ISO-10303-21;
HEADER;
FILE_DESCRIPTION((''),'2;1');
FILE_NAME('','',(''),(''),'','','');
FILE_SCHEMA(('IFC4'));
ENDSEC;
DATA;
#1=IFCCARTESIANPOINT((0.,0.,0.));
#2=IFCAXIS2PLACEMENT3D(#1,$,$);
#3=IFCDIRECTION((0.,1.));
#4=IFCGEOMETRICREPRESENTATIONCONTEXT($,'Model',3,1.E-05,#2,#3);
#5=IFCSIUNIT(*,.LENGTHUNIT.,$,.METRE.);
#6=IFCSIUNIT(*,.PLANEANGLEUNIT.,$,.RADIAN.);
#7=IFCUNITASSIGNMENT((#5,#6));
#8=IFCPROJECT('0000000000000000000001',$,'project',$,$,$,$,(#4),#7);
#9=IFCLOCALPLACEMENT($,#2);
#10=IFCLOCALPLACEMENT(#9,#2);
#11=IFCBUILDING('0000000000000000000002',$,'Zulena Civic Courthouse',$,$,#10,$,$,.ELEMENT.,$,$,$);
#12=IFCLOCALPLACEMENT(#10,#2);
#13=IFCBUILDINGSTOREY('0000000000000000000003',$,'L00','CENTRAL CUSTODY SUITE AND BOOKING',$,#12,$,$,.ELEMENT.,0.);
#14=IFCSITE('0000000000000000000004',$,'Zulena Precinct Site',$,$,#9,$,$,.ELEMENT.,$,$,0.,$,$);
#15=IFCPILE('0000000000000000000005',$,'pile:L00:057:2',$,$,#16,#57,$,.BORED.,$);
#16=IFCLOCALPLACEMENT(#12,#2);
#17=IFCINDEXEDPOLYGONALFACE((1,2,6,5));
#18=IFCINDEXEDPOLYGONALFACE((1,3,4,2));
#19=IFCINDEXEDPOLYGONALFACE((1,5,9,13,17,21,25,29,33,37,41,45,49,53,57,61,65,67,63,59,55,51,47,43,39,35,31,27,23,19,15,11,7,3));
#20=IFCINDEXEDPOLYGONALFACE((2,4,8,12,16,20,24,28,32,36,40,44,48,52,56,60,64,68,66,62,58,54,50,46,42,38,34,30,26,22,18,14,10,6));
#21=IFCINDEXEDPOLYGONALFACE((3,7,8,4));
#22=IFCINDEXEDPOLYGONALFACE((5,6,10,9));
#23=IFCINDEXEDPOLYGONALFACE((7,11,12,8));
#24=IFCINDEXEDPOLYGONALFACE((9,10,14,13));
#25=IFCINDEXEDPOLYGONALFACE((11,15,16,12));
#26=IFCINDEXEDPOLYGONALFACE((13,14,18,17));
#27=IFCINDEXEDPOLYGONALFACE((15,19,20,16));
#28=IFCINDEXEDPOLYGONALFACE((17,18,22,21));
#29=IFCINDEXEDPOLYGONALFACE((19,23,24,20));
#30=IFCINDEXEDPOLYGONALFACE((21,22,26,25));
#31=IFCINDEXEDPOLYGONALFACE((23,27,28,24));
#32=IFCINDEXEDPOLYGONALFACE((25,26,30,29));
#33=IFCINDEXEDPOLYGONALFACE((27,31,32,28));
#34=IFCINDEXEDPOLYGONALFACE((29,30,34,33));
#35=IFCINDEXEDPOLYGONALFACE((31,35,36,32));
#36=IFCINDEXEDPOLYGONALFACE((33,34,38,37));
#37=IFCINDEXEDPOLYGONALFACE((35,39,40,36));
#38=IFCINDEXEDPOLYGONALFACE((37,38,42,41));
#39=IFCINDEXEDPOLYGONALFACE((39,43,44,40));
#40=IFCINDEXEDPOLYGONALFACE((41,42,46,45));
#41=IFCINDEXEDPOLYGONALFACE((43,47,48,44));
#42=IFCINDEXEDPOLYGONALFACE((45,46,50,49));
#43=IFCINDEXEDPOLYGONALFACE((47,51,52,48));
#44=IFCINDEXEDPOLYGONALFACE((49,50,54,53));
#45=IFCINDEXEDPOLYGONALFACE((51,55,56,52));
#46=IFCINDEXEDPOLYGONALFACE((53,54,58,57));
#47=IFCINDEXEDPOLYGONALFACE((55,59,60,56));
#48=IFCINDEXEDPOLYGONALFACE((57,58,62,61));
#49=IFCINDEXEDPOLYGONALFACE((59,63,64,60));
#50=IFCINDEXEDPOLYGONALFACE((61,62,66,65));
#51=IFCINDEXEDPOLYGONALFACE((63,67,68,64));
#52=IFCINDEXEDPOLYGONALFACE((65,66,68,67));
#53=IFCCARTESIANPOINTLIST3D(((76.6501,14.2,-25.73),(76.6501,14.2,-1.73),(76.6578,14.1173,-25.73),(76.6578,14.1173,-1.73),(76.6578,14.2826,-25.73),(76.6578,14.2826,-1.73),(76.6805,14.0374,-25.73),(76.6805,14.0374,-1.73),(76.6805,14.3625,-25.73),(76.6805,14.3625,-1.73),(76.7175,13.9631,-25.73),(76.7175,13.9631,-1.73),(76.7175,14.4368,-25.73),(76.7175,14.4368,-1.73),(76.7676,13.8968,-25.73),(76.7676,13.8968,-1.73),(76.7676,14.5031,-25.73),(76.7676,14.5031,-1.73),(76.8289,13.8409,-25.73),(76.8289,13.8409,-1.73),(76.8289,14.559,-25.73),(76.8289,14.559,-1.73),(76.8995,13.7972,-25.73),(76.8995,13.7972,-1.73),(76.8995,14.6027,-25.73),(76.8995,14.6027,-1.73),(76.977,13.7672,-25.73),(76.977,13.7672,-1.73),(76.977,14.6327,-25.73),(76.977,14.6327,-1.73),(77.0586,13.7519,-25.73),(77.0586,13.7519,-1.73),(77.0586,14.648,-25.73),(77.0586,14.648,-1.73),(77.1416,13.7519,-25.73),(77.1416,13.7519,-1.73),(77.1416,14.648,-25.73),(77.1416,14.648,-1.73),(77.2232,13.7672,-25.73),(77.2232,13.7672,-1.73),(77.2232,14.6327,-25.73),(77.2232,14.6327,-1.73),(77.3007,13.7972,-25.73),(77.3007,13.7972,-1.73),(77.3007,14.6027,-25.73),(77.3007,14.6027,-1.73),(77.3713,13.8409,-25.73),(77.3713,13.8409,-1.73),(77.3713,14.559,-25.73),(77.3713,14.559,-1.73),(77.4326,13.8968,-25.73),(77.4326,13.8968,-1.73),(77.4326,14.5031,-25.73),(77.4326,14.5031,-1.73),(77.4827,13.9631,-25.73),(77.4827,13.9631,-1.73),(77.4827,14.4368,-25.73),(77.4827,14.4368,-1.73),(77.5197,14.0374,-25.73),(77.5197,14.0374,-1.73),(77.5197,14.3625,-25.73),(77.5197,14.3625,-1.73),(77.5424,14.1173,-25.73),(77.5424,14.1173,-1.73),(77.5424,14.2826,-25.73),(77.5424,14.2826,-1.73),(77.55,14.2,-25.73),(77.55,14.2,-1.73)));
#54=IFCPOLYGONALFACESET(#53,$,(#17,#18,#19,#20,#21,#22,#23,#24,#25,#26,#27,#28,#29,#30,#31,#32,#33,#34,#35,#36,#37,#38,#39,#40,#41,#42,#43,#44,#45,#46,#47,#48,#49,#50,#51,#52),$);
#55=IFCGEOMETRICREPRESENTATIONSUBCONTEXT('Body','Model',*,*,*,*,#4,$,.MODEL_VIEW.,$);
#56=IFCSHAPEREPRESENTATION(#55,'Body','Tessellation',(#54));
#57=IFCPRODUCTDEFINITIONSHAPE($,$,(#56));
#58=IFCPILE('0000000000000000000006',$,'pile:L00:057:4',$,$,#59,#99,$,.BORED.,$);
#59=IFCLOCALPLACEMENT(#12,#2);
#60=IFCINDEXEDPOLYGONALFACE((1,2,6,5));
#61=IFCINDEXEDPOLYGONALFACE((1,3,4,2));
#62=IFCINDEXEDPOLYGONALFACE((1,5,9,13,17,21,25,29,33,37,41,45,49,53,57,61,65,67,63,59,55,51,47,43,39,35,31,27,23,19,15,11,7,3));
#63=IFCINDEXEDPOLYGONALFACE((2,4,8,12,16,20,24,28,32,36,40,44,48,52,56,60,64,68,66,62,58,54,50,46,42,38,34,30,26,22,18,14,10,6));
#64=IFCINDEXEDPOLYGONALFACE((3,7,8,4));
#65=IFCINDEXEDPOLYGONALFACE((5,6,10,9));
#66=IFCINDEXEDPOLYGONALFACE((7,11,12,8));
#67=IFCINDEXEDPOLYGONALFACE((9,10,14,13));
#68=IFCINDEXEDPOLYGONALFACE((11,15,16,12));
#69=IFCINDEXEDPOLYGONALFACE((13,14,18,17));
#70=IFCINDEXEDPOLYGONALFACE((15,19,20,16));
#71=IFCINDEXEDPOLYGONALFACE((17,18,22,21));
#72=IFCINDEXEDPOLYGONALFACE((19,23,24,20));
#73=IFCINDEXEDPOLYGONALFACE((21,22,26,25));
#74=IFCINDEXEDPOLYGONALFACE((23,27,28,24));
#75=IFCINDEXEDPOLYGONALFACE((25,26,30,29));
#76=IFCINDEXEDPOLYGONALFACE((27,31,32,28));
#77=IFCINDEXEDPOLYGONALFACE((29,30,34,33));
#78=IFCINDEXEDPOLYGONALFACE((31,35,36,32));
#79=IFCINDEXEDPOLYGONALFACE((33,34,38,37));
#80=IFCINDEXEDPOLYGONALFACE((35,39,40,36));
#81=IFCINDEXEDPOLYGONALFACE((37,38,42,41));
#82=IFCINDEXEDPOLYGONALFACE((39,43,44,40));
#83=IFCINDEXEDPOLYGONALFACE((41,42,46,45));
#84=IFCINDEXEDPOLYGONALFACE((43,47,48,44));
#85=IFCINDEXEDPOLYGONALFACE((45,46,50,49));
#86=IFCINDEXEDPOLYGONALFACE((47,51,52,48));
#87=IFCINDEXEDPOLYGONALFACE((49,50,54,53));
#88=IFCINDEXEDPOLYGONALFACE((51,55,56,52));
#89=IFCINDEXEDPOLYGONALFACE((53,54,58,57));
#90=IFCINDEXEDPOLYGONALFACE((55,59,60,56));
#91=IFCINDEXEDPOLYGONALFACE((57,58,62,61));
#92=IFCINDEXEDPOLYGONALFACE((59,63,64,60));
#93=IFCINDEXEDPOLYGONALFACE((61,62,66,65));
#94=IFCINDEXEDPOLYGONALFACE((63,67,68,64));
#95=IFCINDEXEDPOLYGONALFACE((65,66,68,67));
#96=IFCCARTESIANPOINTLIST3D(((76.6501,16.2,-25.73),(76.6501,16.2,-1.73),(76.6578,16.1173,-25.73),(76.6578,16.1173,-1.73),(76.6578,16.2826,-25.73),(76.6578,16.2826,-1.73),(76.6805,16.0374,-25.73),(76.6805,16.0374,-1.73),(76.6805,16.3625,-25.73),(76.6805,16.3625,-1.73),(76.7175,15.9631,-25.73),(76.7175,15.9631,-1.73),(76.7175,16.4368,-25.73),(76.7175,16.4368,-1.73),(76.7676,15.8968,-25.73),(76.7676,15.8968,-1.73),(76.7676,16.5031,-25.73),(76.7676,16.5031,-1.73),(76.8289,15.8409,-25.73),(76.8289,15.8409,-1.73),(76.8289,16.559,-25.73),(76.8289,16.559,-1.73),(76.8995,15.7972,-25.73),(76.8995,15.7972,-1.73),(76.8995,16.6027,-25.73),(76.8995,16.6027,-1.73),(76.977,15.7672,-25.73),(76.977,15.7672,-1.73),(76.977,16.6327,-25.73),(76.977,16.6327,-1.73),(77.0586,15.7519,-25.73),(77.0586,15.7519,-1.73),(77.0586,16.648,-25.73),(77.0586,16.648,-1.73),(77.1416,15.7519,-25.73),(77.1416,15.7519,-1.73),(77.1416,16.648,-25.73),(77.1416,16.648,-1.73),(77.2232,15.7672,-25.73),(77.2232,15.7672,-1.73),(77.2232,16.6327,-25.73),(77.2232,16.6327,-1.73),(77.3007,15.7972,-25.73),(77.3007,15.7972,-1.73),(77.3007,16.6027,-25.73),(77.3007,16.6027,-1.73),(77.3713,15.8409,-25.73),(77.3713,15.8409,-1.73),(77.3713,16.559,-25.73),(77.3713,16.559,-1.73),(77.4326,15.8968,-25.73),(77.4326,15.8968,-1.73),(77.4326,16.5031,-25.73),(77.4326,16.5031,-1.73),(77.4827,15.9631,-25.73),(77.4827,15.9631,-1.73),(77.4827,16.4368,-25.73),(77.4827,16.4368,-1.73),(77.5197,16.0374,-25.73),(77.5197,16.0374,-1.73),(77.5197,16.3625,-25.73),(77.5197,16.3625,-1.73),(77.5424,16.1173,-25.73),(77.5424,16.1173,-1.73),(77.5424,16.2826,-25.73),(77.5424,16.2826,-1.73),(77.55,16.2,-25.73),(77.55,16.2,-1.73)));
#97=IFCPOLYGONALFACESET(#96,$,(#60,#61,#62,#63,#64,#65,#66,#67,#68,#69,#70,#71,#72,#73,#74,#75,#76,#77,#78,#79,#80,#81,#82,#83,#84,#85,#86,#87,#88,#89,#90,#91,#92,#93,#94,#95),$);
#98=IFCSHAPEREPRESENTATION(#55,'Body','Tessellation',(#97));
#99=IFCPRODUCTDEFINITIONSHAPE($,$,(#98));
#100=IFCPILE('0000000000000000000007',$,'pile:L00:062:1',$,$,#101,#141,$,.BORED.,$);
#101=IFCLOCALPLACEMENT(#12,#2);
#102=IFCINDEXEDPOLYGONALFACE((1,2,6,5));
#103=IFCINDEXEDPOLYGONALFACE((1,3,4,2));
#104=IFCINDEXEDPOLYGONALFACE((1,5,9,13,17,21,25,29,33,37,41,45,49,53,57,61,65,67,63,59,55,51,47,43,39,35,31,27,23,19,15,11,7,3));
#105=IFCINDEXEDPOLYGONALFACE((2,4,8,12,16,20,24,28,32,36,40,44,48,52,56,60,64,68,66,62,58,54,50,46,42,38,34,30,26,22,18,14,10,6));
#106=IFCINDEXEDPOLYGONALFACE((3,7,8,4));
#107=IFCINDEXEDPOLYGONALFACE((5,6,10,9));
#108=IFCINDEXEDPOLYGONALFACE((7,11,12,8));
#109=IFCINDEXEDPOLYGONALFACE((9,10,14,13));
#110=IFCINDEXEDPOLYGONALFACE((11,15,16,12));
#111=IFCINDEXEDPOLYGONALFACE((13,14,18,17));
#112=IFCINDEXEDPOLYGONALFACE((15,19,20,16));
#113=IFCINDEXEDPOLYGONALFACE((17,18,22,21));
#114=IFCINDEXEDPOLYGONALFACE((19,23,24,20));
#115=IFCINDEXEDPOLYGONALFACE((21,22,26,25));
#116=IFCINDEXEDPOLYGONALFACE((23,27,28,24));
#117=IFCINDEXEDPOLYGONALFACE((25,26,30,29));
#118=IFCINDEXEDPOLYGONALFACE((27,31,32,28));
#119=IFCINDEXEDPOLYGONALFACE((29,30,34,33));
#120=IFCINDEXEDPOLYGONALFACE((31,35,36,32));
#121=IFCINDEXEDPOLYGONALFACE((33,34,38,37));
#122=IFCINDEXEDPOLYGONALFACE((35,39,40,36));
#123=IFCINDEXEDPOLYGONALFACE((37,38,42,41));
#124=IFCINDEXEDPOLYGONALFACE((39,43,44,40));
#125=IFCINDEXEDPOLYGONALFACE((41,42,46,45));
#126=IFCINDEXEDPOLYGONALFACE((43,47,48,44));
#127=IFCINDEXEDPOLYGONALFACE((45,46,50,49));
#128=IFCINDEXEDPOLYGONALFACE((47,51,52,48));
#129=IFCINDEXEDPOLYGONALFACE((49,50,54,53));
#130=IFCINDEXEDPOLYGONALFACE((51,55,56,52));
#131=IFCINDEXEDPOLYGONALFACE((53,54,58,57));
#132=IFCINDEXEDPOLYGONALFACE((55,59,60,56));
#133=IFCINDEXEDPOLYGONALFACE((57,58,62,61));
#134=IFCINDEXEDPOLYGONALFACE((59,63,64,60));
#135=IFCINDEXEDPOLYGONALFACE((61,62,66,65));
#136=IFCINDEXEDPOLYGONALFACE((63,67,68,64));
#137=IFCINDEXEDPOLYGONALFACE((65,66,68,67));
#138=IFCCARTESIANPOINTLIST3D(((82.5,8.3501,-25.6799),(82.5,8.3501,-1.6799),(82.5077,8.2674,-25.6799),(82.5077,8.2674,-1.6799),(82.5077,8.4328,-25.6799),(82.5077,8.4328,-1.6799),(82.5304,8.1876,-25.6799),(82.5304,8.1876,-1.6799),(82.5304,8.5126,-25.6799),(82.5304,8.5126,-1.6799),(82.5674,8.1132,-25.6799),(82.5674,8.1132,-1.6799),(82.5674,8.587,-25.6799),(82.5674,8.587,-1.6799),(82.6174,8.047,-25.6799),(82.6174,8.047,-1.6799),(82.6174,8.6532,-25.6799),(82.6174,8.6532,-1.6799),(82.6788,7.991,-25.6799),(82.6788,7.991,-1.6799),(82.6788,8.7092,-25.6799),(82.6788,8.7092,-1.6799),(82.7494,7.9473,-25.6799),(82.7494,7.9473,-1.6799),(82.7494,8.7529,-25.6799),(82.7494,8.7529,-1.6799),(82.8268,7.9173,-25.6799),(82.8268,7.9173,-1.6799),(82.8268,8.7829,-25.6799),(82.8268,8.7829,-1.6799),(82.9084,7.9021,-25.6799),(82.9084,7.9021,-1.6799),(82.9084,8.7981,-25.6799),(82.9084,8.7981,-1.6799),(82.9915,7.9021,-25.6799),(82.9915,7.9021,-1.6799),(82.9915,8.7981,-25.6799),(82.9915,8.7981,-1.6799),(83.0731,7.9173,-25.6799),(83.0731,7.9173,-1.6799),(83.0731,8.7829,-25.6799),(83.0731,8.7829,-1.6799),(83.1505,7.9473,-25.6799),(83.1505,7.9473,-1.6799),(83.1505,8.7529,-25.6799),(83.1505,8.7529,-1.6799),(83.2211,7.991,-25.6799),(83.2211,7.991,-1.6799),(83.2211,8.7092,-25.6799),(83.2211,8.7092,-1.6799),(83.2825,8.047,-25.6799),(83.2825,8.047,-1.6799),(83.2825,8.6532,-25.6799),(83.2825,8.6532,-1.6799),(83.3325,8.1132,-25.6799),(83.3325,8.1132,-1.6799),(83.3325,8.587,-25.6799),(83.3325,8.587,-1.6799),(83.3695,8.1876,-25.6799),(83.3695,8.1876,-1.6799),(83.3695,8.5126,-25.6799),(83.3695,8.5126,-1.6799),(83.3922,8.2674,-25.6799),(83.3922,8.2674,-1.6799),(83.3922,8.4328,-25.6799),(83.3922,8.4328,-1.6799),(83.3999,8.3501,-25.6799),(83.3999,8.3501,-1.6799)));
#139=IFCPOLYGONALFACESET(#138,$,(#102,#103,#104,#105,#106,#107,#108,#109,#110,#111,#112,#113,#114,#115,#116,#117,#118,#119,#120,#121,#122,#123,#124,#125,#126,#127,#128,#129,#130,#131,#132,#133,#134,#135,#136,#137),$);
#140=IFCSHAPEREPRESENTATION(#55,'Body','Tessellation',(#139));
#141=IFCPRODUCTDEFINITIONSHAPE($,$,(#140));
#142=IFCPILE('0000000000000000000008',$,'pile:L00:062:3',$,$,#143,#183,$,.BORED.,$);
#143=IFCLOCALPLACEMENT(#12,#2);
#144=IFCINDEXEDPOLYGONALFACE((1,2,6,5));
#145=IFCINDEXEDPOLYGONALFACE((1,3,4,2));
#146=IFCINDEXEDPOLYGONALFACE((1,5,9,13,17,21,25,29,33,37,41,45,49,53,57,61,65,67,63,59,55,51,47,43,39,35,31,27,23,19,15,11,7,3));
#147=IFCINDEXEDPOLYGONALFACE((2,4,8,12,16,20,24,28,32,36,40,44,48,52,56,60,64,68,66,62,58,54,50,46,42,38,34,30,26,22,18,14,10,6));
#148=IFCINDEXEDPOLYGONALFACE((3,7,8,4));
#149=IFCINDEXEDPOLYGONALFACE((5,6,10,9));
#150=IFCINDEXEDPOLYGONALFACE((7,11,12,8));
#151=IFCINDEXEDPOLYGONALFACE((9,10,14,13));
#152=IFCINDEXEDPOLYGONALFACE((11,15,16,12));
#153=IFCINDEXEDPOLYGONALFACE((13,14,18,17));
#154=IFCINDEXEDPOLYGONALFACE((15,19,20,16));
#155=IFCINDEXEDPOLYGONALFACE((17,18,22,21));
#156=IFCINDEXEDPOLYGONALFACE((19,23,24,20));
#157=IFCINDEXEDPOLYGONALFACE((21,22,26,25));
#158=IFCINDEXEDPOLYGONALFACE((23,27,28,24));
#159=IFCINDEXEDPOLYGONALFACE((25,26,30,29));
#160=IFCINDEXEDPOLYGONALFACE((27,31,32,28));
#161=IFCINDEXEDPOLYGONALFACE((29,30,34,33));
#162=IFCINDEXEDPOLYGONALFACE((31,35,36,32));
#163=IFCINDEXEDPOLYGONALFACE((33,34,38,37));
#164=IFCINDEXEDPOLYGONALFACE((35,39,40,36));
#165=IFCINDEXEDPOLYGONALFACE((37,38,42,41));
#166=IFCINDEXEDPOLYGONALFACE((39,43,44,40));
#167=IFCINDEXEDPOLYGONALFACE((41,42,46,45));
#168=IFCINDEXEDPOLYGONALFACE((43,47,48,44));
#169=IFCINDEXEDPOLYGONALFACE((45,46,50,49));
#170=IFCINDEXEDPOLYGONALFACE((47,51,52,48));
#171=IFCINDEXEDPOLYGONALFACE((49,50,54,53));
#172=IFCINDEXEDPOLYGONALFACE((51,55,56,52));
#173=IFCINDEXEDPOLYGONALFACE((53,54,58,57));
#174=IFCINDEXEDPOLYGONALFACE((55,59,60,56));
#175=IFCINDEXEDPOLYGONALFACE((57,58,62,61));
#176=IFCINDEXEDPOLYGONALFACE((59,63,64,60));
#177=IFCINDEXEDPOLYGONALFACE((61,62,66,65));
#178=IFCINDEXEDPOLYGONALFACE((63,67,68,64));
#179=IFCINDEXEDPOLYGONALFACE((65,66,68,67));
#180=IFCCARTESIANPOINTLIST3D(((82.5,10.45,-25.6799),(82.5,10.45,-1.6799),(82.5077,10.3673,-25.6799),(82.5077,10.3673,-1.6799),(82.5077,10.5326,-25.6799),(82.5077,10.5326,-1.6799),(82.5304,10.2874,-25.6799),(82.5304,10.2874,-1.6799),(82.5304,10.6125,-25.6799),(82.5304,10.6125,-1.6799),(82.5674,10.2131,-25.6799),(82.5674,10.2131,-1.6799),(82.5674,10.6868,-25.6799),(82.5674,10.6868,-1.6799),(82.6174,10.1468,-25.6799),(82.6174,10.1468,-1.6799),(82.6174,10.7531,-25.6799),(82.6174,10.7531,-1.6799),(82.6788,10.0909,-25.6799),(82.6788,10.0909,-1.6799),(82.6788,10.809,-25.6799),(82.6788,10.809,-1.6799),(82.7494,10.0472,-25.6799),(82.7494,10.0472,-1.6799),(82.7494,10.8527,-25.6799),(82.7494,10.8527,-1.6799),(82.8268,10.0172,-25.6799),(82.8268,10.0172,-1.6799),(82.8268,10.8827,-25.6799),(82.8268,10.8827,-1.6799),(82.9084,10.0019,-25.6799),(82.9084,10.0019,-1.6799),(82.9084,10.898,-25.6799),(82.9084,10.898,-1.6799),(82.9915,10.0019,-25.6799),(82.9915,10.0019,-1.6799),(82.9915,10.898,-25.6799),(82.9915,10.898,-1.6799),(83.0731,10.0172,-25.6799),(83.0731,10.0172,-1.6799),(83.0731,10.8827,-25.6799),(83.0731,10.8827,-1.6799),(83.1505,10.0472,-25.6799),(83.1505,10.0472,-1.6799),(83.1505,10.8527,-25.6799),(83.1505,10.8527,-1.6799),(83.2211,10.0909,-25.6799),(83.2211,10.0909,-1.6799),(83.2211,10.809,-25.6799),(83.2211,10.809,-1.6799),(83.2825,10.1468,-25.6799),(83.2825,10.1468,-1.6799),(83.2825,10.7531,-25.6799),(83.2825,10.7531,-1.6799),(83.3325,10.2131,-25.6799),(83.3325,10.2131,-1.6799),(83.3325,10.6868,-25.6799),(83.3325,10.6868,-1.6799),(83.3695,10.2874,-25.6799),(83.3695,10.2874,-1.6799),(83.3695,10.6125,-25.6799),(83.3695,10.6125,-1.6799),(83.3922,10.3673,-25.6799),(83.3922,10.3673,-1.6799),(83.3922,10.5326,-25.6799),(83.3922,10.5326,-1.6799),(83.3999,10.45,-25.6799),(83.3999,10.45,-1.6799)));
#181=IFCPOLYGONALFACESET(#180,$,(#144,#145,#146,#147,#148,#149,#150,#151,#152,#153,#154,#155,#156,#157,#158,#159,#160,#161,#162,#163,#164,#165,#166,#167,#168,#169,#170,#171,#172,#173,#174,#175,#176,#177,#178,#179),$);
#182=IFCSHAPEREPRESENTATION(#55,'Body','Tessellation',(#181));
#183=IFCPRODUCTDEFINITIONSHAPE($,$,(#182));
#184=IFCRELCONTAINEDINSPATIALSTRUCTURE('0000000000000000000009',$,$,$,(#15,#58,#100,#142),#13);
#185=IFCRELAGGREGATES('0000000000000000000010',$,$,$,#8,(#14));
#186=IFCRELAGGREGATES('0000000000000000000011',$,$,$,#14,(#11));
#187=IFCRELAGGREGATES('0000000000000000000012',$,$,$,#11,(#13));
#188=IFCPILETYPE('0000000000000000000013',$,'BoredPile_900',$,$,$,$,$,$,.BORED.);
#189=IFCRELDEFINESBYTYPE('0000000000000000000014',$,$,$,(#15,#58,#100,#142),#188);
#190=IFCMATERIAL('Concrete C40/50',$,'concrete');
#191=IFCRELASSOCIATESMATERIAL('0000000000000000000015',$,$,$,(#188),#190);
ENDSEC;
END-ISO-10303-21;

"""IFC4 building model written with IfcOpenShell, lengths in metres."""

from ifc_helpers import new_model, si_unit, direction, frame, origin, origin_2d, place, context, subcontext, project, spatial, circle, extrude, material, material_profile, profile_set, type_object, element, save


model = new_model("IFC4")

# Units and contexts
model_context = context("Model", 3, precision=1e-05, world=origin(), true_north=direction((0.0, 1.0)))
body_context = subcontext(model_context, "Body", "Model", "MODEL_VIEW")
ifc_project = project(units=[si_unit("LENGTHUNIT", "METRE"), si_unit("PLANEANGLEUNIT", "RADIAN")], contexts=[model_context])

# Site, building, storey
site_placement = place(None, origin())
site = spatial("IfcSite", under=ifc_project, at=site_placement, Name="Zulena Precinct Site", CompositionType="ELEMENT", RefElevation=0.0)
building_placement = place(site_placement, origin())
building = spatial("IfcBuilding", under=site, at=building_placement, Name="Zulena Civic Courthouse", CompositionType="ELEMENT")
storey_placement = place(building_placement, origin())
storey = spatial("IfcBuildingStorey", under=building, at=storey_placement, Name="L00", Description="CENTRAL CUSTODY SUITE AND BOOKING", CompositionType="ELEMENT", Elevation=0.0)

# Piles
ifc_material_1 = material(Name="Concrete C40/50", Category="concrete")
ifc_material_profile_1 = material_profile(ifc_material_1, circle(Radius=0.45, at=origin_2d()), Name="PILE900")
ifc_profile_set_1 = profile_set([ifc_material_profile_1], Name="Concrete C40/50")
pile_type_1 = type_object("IfcPileType", Name="BoredPile_900", PredefinedType="BORED", material=ifc_profile_set_1)
for number, where, z_axis, x_axis, name in (
    (1, (77.1001, 14.2, -1.73), (0.0, 0.0, -1.0), (1.0, 0.0, 0.0), "pile:L00:057:2"),
    (2, (77.1001, 16.2, -1.73), (0.0, 0.0, -1.0), (1.0, 0.0, 0.0), "pile:L00:057:4"),
    (3, (82.95, 8.3501, -1.6799), (0.0, 0.0, -1.0), (1.0, 0.0, 0.0), "pile:L00:062:1"),
    (4, (82.95, 10.45, -1.6799), (0.0, 0.0, -1.0), (1.0, 0.0, 0.0), "pile:L00:062:3"),
):
    element("IfcPile", number, at=place(storey_placement, frame(where, z_axis=z_axis, x_axis=x_axis)), inside=storey, type_object=pile_type_1, Name=name, PredefinedType="BORED", context=body_context, shape_type="SweptSolid", body=[
        extrude(circle(Radius=0.45, at=origin_2d()), origin(), (0.0, 0.0, 1.0), 24.0),
    ])

save(model, "model.ifc")
